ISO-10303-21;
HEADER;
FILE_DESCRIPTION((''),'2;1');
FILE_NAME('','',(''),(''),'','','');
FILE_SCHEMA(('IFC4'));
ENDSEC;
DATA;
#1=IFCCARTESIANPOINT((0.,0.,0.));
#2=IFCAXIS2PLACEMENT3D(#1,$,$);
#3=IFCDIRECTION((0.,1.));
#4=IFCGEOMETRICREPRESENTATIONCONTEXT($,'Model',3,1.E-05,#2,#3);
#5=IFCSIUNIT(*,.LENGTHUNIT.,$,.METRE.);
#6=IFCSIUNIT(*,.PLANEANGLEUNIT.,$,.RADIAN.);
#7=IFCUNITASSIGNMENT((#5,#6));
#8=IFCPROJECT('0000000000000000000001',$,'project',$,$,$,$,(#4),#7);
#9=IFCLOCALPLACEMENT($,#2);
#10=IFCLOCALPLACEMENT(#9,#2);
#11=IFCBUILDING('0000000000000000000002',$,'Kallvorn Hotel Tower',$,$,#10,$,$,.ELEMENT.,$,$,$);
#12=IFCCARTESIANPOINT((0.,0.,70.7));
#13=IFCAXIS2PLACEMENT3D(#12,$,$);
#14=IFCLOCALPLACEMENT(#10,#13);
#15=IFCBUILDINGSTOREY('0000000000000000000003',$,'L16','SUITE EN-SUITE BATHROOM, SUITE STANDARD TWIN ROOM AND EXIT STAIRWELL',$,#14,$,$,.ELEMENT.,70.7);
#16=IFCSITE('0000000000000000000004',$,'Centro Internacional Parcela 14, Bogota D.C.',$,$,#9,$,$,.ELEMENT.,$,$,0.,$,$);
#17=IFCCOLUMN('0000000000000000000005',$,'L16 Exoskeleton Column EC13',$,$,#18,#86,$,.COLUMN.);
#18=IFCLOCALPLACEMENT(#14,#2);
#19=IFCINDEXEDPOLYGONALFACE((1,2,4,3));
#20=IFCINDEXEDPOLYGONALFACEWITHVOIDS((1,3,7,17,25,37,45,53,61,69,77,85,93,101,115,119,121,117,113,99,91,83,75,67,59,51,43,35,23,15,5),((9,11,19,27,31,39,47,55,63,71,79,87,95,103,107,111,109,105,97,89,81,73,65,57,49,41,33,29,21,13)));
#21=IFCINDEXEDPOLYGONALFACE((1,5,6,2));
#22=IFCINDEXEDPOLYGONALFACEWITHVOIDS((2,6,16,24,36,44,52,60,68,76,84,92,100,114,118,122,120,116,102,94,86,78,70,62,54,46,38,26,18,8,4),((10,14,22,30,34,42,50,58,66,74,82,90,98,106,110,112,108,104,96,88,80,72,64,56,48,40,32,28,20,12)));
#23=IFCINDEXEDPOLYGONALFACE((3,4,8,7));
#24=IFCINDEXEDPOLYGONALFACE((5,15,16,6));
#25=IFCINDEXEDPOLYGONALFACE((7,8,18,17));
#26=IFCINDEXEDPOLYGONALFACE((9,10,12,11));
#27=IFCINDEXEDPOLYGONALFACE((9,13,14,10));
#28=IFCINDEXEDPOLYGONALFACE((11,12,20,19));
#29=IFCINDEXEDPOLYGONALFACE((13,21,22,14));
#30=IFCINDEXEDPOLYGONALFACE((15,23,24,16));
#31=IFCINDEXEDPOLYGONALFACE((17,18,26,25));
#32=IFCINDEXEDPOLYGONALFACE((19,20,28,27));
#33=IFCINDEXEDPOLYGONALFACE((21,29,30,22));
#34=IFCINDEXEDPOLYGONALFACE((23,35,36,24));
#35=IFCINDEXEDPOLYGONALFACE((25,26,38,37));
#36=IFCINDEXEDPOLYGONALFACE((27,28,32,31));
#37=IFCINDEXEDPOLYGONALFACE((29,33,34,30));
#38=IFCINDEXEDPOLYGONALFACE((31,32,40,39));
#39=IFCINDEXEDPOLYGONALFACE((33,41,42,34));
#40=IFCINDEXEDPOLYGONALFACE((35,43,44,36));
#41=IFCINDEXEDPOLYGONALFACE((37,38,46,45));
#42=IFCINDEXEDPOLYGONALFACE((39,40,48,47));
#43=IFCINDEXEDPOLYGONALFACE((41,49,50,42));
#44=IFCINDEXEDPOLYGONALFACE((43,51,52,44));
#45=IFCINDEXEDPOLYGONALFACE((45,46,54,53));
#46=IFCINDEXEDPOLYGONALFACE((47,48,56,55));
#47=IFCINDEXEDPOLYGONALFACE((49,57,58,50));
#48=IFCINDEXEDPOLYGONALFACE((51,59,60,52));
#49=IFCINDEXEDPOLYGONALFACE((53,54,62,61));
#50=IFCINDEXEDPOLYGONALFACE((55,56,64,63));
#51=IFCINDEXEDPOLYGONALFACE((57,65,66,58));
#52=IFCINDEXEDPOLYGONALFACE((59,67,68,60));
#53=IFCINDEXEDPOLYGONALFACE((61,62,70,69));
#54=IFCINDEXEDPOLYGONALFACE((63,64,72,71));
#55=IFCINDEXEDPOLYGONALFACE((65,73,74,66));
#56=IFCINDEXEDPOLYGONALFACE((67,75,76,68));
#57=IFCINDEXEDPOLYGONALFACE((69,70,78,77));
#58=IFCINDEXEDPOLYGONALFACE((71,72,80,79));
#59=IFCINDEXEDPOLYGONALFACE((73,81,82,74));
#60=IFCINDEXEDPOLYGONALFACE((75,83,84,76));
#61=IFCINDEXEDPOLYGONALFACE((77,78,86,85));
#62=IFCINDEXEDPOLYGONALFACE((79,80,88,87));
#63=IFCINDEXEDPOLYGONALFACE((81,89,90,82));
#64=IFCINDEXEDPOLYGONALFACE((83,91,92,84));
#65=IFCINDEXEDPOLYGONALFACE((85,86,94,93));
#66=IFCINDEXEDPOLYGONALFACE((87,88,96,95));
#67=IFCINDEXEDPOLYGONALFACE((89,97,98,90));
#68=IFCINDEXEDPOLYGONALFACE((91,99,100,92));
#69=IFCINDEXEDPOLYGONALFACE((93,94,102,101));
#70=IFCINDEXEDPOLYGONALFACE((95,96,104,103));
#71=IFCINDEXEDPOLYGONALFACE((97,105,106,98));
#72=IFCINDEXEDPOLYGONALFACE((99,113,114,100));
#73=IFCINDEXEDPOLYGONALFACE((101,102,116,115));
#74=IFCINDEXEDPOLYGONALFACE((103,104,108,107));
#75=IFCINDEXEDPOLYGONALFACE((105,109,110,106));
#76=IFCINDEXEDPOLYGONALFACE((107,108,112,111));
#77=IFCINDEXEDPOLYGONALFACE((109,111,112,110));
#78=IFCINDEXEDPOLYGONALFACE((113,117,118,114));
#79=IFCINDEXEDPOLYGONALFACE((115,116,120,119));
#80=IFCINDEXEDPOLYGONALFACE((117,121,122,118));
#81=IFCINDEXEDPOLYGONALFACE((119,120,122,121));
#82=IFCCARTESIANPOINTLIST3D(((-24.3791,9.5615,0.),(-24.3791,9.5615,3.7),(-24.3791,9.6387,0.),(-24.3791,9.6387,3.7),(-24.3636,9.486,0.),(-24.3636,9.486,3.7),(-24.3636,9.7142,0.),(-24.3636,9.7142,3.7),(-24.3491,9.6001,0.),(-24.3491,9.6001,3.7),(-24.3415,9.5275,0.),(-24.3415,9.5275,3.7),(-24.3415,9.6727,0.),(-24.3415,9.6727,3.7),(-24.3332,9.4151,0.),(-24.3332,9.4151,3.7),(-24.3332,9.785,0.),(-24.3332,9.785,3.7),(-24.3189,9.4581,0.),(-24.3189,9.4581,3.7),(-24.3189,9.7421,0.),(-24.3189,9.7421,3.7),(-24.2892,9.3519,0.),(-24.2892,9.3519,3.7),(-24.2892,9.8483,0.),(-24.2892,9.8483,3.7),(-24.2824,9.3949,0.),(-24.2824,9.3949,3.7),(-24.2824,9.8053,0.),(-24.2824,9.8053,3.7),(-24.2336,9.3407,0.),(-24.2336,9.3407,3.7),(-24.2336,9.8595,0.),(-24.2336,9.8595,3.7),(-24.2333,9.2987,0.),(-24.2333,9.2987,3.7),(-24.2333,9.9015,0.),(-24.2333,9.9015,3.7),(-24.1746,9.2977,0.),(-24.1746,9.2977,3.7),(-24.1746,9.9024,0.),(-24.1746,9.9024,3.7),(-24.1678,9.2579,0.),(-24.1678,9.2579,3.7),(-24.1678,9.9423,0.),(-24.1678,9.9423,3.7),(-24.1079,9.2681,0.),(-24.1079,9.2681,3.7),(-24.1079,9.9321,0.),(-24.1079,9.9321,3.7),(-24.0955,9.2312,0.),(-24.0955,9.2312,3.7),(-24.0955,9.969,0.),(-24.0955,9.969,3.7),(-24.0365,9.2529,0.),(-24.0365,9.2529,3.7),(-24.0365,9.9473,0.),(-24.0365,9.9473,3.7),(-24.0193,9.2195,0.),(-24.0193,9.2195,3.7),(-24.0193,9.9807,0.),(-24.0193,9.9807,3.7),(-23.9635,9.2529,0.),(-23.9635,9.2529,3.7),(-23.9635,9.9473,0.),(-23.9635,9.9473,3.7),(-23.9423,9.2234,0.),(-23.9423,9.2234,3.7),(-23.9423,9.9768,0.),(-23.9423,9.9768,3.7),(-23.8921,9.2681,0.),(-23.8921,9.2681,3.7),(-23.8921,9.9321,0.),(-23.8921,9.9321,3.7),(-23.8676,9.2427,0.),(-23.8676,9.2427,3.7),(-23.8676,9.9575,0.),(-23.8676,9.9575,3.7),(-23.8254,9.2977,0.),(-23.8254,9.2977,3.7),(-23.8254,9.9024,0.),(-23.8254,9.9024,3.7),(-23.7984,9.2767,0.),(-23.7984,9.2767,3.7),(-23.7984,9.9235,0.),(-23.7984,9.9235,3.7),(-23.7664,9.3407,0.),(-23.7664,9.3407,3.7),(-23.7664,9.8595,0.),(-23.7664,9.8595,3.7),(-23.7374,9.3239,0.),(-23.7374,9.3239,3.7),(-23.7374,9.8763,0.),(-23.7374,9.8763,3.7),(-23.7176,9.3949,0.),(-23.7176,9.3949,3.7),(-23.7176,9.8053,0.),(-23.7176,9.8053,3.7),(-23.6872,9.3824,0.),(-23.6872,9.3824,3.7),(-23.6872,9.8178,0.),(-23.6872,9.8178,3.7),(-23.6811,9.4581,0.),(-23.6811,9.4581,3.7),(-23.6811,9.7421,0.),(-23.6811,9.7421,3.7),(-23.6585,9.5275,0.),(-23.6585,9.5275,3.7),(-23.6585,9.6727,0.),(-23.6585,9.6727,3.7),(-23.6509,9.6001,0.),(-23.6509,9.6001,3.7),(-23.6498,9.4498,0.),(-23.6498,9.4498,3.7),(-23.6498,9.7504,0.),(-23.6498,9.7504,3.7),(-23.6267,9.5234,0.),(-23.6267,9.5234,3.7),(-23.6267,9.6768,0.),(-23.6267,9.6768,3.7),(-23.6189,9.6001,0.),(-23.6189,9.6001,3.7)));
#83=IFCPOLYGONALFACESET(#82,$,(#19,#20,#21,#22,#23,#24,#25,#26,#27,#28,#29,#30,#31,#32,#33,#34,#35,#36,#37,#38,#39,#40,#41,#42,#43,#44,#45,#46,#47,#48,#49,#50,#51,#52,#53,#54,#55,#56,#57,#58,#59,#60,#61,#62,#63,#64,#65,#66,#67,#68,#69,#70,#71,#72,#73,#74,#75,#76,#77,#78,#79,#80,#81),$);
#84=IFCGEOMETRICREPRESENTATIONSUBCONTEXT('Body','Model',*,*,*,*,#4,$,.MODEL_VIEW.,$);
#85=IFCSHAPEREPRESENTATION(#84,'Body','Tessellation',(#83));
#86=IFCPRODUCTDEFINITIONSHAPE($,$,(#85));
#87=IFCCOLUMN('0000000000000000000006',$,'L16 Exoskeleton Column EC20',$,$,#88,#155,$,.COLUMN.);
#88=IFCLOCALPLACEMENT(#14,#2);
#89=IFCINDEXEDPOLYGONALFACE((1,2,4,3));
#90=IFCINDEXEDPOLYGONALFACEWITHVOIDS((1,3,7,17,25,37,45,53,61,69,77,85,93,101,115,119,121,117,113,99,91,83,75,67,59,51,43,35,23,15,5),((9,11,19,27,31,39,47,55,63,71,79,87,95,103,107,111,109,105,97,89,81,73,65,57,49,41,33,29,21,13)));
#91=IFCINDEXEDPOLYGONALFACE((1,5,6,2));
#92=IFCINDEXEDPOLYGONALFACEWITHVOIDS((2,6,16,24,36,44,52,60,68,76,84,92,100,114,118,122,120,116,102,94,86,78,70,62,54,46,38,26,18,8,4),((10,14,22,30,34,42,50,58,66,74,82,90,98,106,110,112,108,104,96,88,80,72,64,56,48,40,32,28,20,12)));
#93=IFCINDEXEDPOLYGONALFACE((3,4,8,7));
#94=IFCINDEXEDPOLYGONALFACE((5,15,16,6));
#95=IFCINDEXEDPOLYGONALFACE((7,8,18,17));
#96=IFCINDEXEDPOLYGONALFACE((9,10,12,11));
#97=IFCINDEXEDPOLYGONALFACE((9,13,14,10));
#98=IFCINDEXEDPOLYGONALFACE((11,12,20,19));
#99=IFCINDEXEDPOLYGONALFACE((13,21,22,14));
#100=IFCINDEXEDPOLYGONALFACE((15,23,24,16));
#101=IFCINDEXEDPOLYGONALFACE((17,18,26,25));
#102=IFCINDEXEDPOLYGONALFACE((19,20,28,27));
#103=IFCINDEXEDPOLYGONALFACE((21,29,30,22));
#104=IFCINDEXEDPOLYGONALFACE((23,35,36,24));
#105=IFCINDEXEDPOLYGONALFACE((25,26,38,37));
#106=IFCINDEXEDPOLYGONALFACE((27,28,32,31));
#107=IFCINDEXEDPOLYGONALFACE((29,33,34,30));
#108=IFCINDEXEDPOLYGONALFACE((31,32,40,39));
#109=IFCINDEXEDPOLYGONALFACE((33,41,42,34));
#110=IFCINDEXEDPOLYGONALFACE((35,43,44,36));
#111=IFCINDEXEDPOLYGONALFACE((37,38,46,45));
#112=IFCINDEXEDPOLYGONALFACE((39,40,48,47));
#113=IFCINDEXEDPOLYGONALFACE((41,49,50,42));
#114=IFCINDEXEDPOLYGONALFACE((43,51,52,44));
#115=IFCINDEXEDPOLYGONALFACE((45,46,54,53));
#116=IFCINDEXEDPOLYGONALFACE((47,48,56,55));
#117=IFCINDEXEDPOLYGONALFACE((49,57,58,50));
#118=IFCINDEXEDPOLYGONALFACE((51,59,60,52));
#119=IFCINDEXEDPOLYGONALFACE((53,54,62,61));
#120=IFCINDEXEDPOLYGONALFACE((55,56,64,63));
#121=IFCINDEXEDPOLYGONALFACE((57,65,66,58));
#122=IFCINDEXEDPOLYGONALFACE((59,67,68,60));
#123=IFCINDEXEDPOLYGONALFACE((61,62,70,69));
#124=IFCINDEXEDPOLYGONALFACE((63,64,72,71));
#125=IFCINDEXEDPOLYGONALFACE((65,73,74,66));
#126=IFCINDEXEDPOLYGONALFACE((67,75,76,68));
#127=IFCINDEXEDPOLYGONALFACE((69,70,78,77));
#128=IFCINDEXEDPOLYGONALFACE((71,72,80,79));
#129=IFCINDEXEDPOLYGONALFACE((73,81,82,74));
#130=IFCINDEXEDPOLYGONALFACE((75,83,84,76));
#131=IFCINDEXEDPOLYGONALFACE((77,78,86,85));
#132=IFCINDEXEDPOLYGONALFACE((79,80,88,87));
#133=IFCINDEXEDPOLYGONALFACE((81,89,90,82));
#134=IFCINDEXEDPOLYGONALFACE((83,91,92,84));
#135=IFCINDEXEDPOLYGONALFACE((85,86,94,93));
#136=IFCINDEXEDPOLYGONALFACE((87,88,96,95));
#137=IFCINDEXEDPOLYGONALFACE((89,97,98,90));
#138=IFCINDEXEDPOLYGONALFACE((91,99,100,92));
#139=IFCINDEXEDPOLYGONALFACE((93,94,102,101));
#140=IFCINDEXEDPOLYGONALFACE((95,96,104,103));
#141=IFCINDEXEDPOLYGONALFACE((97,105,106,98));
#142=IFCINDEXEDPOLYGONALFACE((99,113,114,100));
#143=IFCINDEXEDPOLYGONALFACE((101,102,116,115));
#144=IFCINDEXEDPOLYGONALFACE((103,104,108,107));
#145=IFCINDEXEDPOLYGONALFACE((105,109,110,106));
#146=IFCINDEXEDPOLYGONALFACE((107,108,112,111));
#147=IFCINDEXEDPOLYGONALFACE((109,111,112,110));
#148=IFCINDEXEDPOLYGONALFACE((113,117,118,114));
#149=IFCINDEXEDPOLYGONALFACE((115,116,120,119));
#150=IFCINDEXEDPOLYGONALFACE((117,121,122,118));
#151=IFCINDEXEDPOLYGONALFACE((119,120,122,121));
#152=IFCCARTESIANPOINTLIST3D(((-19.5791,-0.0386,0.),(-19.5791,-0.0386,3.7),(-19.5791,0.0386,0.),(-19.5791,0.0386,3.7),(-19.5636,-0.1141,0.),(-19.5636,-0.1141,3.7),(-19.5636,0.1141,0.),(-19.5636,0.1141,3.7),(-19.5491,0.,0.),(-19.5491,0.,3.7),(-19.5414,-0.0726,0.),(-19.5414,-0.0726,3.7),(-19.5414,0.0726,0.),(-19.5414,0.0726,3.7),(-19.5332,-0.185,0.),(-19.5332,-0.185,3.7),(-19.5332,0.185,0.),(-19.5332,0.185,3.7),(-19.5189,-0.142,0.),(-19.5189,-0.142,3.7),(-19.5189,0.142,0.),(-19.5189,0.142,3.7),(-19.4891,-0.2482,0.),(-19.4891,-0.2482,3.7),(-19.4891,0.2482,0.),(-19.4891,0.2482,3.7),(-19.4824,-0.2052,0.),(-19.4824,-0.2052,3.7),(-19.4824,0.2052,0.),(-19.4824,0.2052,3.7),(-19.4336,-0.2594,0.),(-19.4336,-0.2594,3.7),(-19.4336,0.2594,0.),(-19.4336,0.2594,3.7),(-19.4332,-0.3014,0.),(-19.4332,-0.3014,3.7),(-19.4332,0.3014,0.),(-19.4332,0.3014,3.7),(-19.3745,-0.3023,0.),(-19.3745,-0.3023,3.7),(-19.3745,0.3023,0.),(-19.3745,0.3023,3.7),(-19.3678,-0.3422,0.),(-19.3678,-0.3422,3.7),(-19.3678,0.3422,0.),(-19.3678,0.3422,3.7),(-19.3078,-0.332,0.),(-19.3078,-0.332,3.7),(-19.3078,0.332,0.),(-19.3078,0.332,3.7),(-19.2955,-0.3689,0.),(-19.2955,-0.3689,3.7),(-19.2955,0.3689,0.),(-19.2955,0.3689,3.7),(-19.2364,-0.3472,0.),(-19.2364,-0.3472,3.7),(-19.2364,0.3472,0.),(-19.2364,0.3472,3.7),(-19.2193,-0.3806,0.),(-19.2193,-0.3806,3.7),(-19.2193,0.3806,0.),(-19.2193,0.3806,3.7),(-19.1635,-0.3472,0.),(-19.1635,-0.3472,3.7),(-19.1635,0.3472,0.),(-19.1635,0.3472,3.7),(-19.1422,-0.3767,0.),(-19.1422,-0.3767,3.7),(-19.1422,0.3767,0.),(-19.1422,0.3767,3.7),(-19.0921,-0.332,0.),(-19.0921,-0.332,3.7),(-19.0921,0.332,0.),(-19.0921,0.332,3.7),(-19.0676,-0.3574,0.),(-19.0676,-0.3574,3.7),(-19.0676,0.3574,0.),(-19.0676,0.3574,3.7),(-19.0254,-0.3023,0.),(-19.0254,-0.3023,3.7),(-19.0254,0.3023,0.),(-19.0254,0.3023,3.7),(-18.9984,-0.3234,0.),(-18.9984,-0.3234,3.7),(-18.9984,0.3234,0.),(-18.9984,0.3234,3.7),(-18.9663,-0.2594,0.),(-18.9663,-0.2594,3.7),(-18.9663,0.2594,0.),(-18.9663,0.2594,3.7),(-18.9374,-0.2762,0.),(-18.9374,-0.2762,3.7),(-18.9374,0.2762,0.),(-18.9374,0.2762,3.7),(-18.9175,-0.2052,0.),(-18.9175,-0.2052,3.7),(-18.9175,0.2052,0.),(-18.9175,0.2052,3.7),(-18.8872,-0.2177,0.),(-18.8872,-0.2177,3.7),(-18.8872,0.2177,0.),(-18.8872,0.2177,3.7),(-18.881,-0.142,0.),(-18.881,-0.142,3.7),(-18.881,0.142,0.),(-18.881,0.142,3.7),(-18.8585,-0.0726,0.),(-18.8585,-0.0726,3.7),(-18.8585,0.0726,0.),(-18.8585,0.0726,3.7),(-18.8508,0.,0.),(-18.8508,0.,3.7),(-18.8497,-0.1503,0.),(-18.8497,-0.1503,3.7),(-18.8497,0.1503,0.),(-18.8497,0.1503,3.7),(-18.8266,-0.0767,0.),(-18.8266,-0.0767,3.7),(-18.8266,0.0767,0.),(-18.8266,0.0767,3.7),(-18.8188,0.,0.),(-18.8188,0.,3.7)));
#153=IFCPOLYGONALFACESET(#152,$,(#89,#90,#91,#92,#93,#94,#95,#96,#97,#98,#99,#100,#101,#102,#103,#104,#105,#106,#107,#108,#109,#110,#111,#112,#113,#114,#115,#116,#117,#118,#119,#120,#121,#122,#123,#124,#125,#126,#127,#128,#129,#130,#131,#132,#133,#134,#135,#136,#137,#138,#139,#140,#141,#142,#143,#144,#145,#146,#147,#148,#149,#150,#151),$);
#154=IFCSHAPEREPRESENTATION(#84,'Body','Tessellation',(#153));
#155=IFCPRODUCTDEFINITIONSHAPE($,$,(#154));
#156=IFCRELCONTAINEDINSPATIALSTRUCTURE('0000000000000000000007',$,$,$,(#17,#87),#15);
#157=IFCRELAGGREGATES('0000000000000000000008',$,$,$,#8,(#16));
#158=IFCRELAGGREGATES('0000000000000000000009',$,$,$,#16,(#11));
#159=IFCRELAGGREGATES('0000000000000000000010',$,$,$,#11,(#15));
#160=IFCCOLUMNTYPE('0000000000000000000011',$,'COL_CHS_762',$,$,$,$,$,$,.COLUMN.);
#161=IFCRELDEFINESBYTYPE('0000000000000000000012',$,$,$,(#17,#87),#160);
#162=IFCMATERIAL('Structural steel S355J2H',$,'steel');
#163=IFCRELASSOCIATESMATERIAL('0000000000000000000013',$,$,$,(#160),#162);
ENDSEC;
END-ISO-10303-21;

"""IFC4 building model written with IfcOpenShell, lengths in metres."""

from ifc_helpers import new_model, si_unit, direction, frame, origin, origin_2d, place, context, subcontext, project, spatial, hollow_circle, extrude, material, material_profile, profile_set, type_object, element, save


model = new_model("IFC4")

# Units and contexts
model_context = context("Model", 3, precision=1e-05, world=origin(), true_north=direction((0.0, 1.0)))
body_context = subcontext(model_context, "Body", "Model", "MODEL_VIEW")
ifc_project = project(units=[si_unit("LENGTHUNIT", "METRE"), si_unit("PLANEANGLEUNIT", "RADIAN")], contexts=[model_context])

# Site, building, storey
site_placement = place(None, origin())
site = spatial("IfcSite", under=ifc_project, at=site_placement, Name="Centro Internacional Parcela 14, Bogota D.C.", CompositionType="ELEMENT", RefElevation=0.0)
building_placement = place(site_placement, origin())
building = spatial("IfcBuilding", under=site, at=building_placement, Name="Kallvorn Hotel Tower", CompositionType="ELEMENT")
storey_placement = place(building_placement, frame((0.0, 0.0, 70.7)))
storey = spatial("IfcBuildingStorey", under=building, at=storey_placement, Name="L16", Description="SUITE EN-SUITE BATHROOM, SUITE STANDARD TWIN ROOM AND EXIT STAIRWELL", CompositionType="ELEMENT", Elevation=70.7)

# Columns
ifc_material_1 = material(Name="Structural steel S355J2H", Category="steel")
ifc_material_profile_1 = material_profile(ifc_material_1, hollow_circle(Radius=0.3811, WallThickness=0.032, at=origin_2d()), Name="CHS 762x32")
ifc_profile_set_1 = profile_set([ifc_material_profile_1], Name="Structural steel S355J2H")
column_type_1 = type_object("IfcColumnType", Name="COL_CHS_762", PredefinedType="COLUMN", material=ifc_profile_set_1)
for number, where, z_axis, x_axis, name in (
    (1, (-24.0, 9.6001, 0.0), (0.0, 0.0, 1.0), (1.0, 0.0, 0.0), "L16 Exoskeleton Column EC13"),
    (2, (-19.2, 0.0, 0.0), (0.0, 0.0, 1.0), (1.0, 0.0, 0.0), "L16 Exoskeleton Column EC20"),
):
    element("IfcColumn", number, at=place(storey_placement, frame(where, z_axis=z_axis, x_axis=x_axis)), inside=storey, type_object=column_type_1, Name=name, PredefinedType="COLUMN", context=body_context, shape_type="SweptSolid", body=[
        extrude(hollow_circle(Radius=0.3811, WallThickness=0.032, at=origin_2d()), origin(), (0.0, 0.0, 1.0), 3.7),
    ])

save(model, "model.ifc")
